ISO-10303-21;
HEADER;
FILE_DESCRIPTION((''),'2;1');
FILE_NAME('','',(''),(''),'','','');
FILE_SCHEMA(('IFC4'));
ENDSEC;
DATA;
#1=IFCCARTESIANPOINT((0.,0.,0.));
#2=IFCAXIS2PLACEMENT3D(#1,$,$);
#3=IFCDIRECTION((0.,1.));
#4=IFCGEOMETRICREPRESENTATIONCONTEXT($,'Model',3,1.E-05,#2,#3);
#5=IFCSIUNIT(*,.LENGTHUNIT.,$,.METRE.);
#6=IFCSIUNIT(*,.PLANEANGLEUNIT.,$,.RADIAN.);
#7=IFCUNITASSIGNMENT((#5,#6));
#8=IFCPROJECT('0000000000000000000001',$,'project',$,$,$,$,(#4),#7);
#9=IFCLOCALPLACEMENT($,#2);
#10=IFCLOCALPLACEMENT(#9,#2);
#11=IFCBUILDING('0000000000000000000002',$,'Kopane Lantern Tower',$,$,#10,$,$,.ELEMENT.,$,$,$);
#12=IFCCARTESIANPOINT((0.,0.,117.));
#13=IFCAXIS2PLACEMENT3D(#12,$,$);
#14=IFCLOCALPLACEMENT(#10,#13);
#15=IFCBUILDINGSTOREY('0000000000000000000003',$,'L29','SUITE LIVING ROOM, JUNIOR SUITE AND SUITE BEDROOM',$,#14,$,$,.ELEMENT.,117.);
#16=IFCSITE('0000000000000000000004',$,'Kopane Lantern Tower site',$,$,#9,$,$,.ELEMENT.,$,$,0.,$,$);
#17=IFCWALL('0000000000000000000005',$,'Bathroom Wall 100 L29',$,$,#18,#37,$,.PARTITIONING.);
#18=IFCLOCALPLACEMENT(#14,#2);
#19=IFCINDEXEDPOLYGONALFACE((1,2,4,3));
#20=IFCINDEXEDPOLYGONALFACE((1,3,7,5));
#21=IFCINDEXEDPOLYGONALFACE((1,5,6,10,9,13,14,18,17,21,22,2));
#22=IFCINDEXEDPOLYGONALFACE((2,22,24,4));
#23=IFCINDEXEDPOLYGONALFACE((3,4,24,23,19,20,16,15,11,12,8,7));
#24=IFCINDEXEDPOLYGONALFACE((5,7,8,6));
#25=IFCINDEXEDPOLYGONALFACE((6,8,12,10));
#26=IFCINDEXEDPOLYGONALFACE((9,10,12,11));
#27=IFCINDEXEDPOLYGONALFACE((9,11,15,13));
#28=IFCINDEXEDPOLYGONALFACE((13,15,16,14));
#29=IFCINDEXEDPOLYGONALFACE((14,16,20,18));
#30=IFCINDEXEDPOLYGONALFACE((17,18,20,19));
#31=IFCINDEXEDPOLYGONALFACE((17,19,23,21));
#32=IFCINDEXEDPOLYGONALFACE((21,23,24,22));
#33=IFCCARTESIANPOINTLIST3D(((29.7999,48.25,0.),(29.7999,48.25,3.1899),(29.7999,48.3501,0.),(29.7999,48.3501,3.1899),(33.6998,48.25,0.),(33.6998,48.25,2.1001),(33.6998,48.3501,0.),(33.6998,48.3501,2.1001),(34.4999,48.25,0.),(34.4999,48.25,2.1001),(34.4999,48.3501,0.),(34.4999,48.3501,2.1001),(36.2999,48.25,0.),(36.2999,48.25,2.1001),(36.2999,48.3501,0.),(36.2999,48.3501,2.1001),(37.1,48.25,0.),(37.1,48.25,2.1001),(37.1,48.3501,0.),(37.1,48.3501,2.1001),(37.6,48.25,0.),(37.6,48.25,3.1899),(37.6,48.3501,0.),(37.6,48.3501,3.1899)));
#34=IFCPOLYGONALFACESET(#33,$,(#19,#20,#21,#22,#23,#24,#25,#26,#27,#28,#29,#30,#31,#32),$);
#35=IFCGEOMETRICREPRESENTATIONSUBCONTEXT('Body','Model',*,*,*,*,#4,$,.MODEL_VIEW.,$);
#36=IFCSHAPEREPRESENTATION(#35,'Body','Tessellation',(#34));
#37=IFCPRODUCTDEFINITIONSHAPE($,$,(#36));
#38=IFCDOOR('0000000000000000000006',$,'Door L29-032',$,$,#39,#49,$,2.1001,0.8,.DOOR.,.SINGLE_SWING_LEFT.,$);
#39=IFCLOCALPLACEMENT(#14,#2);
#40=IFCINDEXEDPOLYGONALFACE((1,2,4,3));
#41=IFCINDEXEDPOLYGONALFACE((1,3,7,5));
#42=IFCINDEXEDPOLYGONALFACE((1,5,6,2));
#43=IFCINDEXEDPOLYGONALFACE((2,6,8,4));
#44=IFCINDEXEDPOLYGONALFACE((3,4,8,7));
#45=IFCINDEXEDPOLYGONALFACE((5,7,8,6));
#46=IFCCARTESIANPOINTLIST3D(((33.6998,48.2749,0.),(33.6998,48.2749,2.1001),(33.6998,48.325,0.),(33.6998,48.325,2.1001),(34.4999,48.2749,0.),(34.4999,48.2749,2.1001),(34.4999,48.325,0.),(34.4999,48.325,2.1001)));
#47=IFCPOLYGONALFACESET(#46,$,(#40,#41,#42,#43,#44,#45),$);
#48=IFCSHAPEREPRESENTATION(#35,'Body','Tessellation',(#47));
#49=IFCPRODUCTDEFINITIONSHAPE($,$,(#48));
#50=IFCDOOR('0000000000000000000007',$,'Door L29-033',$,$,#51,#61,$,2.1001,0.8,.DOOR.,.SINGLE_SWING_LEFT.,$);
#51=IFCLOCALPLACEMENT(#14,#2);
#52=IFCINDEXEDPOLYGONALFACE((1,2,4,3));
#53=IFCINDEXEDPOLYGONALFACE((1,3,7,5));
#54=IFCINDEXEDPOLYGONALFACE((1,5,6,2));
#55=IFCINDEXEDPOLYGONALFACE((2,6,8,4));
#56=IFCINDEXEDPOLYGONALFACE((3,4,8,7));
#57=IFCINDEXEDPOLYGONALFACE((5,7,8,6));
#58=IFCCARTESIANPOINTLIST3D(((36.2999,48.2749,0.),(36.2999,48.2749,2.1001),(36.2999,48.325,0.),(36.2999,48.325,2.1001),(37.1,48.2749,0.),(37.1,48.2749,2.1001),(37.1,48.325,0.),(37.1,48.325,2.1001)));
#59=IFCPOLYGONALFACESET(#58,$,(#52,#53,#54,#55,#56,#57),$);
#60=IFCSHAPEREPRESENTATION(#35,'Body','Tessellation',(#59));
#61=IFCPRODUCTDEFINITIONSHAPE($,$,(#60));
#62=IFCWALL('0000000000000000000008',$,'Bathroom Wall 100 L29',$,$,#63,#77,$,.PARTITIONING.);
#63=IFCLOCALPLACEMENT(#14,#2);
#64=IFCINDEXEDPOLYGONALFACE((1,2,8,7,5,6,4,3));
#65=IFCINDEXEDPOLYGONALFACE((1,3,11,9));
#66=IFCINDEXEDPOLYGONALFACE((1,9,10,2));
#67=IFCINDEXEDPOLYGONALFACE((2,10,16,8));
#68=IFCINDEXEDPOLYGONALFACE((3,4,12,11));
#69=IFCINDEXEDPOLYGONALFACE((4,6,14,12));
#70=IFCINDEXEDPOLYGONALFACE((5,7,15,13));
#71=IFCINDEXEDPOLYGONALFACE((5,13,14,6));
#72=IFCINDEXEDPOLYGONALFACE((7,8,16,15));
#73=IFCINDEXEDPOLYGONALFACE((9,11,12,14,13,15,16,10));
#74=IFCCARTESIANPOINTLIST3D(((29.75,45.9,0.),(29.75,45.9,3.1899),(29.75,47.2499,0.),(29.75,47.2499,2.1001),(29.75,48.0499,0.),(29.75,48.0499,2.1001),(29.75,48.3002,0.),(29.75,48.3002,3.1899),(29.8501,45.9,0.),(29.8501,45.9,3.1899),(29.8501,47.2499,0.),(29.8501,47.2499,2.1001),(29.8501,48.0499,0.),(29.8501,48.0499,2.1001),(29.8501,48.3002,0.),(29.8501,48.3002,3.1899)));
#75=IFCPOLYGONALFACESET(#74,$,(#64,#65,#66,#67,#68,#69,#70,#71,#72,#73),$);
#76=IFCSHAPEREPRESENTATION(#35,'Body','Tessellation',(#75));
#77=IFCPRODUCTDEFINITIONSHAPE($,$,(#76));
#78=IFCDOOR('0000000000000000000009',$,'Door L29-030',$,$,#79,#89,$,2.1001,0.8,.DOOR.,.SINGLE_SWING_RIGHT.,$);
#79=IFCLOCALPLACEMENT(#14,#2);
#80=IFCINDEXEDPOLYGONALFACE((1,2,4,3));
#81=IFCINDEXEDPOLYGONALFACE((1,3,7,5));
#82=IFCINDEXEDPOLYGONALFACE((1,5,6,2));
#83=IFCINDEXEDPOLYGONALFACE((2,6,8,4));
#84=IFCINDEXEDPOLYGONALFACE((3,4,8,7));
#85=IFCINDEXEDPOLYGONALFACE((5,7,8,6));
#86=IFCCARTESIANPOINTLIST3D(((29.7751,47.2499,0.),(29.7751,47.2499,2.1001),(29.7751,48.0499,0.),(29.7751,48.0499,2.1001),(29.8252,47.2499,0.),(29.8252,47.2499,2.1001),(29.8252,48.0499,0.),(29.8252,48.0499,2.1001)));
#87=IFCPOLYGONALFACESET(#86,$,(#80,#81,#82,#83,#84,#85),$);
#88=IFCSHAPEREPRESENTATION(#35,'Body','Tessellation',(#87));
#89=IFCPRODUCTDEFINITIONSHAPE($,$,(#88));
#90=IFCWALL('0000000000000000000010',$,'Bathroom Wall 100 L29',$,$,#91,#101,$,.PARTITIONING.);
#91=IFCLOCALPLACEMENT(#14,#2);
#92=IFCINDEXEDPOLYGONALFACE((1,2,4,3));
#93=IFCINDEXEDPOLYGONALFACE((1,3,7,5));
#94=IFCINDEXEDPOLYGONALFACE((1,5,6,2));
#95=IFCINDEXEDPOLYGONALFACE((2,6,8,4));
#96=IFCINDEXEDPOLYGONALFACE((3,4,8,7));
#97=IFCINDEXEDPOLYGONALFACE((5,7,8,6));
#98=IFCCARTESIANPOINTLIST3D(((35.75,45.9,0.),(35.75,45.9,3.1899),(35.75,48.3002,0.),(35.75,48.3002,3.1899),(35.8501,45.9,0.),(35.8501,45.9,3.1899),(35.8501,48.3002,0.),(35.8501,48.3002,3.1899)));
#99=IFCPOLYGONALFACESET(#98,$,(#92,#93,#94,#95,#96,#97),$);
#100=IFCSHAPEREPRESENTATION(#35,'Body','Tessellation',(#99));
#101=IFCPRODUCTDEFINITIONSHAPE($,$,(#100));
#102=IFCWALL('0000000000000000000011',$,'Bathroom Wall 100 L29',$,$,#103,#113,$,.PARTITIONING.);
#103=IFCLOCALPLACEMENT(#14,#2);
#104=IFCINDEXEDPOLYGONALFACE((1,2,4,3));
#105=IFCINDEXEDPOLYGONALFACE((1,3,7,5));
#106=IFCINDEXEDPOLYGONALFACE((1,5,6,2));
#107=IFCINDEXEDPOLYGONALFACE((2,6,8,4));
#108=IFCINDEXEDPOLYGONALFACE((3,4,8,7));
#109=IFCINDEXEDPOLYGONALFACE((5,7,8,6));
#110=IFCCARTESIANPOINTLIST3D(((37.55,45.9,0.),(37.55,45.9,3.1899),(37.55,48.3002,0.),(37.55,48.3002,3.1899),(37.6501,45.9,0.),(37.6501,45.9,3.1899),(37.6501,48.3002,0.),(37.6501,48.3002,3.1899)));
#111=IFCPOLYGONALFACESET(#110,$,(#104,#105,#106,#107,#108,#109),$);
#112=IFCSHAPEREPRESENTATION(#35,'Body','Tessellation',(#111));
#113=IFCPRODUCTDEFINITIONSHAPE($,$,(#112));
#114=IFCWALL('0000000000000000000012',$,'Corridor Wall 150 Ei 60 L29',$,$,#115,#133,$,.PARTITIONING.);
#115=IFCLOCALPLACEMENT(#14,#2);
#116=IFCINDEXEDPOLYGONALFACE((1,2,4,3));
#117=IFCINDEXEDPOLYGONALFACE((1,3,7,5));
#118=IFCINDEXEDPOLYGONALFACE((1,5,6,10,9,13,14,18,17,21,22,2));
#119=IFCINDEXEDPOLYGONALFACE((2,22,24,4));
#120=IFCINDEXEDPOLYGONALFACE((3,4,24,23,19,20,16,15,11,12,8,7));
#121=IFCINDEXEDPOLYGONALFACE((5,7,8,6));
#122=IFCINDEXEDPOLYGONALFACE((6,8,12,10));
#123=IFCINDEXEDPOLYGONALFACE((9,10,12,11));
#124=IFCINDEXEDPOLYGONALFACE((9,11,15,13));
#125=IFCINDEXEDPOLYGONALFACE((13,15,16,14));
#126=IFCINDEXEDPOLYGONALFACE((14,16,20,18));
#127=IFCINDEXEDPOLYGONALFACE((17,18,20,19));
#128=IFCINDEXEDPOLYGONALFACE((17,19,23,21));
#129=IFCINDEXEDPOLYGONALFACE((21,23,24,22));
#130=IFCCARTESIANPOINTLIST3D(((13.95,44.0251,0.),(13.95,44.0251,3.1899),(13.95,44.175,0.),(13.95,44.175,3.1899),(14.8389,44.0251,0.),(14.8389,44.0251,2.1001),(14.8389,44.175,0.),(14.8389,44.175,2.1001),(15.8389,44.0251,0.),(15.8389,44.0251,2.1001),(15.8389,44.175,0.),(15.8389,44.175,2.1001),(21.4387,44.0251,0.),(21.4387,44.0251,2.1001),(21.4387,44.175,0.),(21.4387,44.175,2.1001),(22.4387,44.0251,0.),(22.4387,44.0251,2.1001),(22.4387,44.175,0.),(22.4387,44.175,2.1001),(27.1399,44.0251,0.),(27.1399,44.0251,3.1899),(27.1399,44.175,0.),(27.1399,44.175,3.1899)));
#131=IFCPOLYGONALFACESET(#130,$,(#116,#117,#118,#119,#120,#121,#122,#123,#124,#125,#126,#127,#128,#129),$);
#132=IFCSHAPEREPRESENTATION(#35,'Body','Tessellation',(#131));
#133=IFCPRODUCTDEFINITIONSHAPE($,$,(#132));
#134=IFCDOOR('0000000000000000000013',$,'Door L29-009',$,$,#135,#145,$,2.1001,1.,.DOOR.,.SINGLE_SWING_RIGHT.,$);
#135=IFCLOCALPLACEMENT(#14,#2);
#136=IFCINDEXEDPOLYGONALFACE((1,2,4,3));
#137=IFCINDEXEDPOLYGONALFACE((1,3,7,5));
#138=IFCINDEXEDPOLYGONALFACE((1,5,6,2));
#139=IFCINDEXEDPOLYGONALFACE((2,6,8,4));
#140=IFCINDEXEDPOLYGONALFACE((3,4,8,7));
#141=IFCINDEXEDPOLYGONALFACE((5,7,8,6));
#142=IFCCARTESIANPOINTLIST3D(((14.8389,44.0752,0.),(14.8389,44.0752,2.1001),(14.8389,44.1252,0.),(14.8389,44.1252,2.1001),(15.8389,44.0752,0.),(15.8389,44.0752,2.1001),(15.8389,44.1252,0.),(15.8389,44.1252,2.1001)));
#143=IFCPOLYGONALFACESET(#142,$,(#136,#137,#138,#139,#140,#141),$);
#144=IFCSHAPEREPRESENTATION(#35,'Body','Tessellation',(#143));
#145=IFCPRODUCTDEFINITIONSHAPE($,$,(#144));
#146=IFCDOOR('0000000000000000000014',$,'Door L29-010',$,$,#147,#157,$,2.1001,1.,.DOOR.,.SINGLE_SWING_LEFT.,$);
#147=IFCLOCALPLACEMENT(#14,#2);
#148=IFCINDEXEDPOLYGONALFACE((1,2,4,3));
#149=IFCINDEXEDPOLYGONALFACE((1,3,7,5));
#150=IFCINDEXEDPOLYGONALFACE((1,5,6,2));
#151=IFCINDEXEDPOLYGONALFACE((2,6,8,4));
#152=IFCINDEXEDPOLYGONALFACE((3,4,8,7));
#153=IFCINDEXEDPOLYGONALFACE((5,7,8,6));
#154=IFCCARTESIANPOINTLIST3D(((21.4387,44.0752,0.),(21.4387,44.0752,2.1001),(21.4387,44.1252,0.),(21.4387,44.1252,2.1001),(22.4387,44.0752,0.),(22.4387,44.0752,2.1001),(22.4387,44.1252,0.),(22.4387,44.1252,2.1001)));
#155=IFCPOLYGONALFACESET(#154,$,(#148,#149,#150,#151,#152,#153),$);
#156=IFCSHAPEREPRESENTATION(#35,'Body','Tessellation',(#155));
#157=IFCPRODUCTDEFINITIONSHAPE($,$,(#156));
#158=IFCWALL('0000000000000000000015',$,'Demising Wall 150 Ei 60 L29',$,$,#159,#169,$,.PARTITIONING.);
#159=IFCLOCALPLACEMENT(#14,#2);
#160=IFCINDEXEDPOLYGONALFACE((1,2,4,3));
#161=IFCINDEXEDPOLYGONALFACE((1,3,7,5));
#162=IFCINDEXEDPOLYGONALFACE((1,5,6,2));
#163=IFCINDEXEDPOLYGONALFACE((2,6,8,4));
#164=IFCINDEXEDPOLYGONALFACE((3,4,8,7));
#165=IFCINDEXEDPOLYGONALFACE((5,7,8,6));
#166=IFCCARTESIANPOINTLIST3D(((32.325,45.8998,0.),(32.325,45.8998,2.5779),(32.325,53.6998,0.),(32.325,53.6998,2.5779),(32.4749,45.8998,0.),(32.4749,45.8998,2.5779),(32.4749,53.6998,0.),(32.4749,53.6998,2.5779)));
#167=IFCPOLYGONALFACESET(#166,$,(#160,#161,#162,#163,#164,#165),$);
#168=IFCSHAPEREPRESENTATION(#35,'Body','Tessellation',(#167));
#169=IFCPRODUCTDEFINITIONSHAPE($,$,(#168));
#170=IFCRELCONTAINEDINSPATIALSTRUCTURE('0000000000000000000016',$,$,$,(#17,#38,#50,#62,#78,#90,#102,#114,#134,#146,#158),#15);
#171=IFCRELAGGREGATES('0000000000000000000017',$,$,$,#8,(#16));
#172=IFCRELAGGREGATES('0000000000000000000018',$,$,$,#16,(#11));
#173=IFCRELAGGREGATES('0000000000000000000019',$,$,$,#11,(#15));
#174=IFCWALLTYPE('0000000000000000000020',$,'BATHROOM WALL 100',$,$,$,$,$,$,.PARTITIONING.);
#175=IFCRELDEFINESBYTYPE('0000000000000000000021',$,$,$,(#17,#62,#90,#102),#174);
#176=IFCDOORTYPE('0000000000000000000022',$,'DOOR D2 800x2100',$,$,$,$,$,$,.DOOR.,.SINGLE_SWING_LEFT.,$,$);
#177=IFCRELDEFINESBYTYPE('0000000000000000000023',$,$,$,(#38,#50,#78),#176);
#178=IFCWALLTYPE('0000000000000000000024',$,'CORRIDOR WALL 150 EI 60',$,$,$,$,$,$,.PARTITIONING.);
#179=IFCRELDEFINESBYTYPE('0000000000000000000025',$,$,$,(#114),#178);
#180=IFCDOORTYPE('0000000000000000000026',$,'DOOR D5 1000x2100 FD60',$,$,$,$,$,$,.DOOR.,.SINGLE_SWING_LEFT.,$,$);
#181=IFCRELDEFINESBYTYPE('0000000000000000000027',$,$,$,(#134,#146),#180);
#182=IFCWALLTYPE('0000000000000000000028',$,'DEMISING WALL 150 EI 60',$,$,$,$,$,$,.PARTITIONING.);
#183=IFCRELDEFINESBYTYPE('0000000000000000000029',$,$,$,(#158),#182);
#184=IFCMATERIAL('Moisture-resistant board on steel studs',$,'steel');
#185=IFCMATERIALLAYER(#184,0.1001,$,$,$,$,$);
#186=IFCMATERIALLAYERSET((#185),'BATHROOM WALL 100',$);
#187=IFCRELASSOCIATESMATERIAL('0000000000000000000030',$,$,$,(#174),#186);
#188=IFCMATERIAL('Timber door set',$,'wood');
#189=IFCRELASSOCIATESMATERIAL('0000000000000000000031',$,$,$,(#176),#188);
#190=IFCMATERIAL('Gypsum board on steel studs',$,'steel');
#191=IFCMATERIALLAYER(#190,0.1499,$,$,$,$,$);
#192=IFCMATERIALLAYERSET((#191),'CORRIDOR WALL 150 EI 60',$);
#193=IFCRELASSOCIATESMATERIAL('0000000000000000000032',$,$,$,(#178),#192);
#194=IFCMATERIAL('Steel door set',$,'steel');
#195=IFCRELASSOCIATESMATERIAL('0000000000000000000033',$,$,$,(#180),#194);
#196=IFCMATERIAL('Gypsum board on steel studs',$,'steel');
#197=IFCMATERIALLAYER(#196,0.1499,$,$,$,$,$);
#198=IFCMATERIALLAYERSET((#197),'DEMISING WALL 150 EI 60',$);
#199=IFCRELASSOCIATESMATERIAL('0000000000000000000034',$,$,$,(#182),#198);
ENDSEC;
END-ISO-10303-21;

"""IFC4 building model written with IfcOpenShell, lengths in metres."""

from ifc_helpers import new_model, si_unit, direction, frame, frame_2d, origin, place, context, subcontext, project, spatial, rectangle, extrude, material, layer, layer_set, type_object, element, fill, save


model = new_model("IFC4")

# Units and contexts
model_context = context("Model", 3, precision=1e-05, world=origin(), true_north=direction((0.0, 1.0)))
body_context = subcontext(model_context, "Body", "Model", "MODEL_VIEW")
ifc_project = project(units=[si_unit("LENGTHUNIT", "METRE"), si_unit("PLANEANGLEUNIT", "RADIAN")], contexts=[model_context])

# Site, building, storey
site_placement = place(None, origin())
site = spatial("IfcSite", under=ifc_project, at=site_placement, Name="Kopane Lantern Tower site", CompositionType="ELEMENT", RefElevation=0.0)
building_placement = place(site_placement, origin())
building = spatial("IfcBuilding", under=site, at=building_placement, Name="Kopane Lantern Tower", CompositionType="ELEMENT")
storey_placement = place(building_placement, frame((0.0, 0.0, 117.0)))
storey = spatial("IfcBuildingStorey", under=building, at=storey_placement, Name="L29", Description="SUITE LIVING ROOM, JUNIOR SUITE AND SUITE BEDROOM", CompositionType="ELEMENT", Elevation=117.0)

# Shared definitions
ifc_material_1 = material(Name="Moisture-resistant board on steel studs", Category="steel")
ifc_layer_1 = layer(ifc_material_1, 0.1001)
ifc_layer_set_1 = layer_set([ifc_layer_1], Name="BATHROOM WALL 100")
wall_type_1 = type_object("IfcWallType", Name="BATHROOM WALL 100", PredefinedType="PARTITIONING", material=ifc_layer_set_1)
ifc_material_2 = material(Name="Timber door set", Category="wood")
door_type_1 = type_object("IfcDoorType", Name="DOOR D2 800x2100", OperationType="SINGLE_SWING_LEFT", PredefinedType="DOOR", material=ifc_material_2)

# Wall, openings, doors
wall_1_placement = place(storey_placement, frame((29.8, 48.3, 0.0), z_axis=(0.0, 0.0, 1.0), x_axis=(1.0, 0.0, 0.0)))
wall_1 = element("IfcWall", 1, at=wall_1_placement, inside=storey, type_object=wall_type_1, Name="Bathroom Wall 100 L29", PredefinedType="PARTITIONING", context=body_context, shape_type="SweptSolid", body=[
    extrude(rectangle(XDim=7.8, YDim=0.1001, at=frame_2d((3.8999, 0.0))), origin(), (0.0, 0.0, 1.0), 3.1899),
])
opening_1_placement = place(wall_1_placement, frame((3.8999, 0.0, 0.0)))
opening_1 = element("IfcOpeningElement", 2, at=opening_1_placement, cuts=wall_1, PredefinedType="OPENING", context=body_context, shape_type="SweptSolid", body=[
    extrude(rectangle(XDim=0.8, YDim=2.1001, at=frame_2d((0.3999, 1.05))), frame((0.0, 0.0601, 0.0), z_axis=(0.0, -1.0, 0.0), x_axis=(1.0, 0.0, 0.0)), (0.0, 0.0, 1.0), 0.1201),
])
opening_2_placement = place(wall_1_placement, frame((6.5, 0.0, 0.0)))
opening_2 = element("IfcOpeningElement", 3, at=opening_2_placement, cuts=wall_1, PredefinedType="OPENING", context=body_context, shape_type="SweptSolid", body=[
    extrude(rectangle(XDim=0.8, YDim=2.1001, at=frame_2d((0.3999, 1.05))), frame((0.0, 0.0601, 0.0), z_axis=(0.0, -1.0, 0.0), x_axis=(1.0, 0.0, 0.0)), (0.0, 0.0, 1.0), 0.1201),
])
door_1_placement = place(opening_1_placement, origin())
door_1 = element("IfcDoor", 4, at=door_1_placement, inside=storey, type_object=door_type_1, Name="Door L29-032", OperationType="SINGLE_SWING_LEFT", OverallHeight=2.1001, OverallWidth=0.8, PredefinedType="DOOR", context=body_context, shape_type="SweptSolid", body=[
    extrude(rectangle(XDim=0.8, YDim=2.1001, at=frame_2d((0.3999, 1.05))), frame((0.0, 0.0249, 0.0), z_axis=(0.0, -1.0, 0.0), x_axis=(1.0, 0.0, 0.0)), (0.0, 0.0, 1.0), 0.05),
])
fill(opening_1, door_1)
door_2_placement = place(opening_2_placement, origin())
door_2 = element("IfcDoor", 5, at=door_2_placement, inside=storey, type_object=door_type_1, Name="Door L29-033", OperationType="SINGLE_SWING_LEFT", OverallHeight=2.1001, OverallWidth=0.8, PredefinedType="DOOR", context=body_context, shape_type="SweptSolid", body=[
    extrude(rectangle(XDim=0.8, YDim=2.1001, at=frame_2d((0.3999, 1.05))), frame((0.0, 0.0249, 0.0), z_axis=(0.0, -1.0, 0.0), x_axis=(1.0, 0.0, 0.0)), (0.0, 0.0, 1.0), 0.05),
])
fill(opening_2, door_2)

# Wall, opening, door
wall_2_placement = place(storey_placement, frame((29.8, 45.8999, 0.0), z_axis=(0.0, 0.0, 1.0), x_axis=(0.0, 1.0, 0.0)))
wall_2 = element("IfcWall", 6, at=wall_2_placement, inside=storey, type_object=wall_type_1, Name="Bathroom Wall 100 L29", PredefinedType="PARTITIONING", context=body_context, shape_type="SweptSolid", body=[
    extrude(rectangle(XDim=2.4001, YDim=0.1001, at=frame_2d((1.2002, 0.0))), origin(), (0.0, 0.0, 1.0), 3.1899),
])
opening_3_placement = place(wall_2_placement, frame((1.3501, 0.0, 0.0)))
opening_3 = element("IfcOpeningElement", 7, at=opening_3_placement, cuts=wall_2, PredefinedType="OPENING", context=body_context, shape_type="SweptSolid", body=[
    extrude(rectangle(XDim=0.8, YDim=2.1001, at=frame_2d((0.3999, 1.05))), frame((0.0, 0.0601, 0.0), z_axis=(0.0, -1.0, 0.0), x_axis=(1.0, 0.0, 0.0)), (0.0, 0.0, 1.0), 0.1201),
])
door_3_placement = place(opening_3_placement, origin())
door_3 = element("IfcDoor", 8, at=door_3_placement, inside=storey, type_object=door_type_1, Name="Door L29-030", OperationType="SINGLE_SWING_RIGHT", OverallHeight=2.1001, OverallWidth=0.8, PredefinedType="DOOR", context=body_context, shape_type="SweptSolid", body=[
    extrude(rectangle(XDim=0.8, YDim=2.1001, at=frame_2d((0.3999, 1.05))), frame((0.0, 0.0249, 0.0), z_axis=(0.0, -1.0, 0.0), x_axis=(1.0, 0.0, 0.0)), (0.0, 0.0, 1.0), 0.05),
])
fill(opening_3, door_3)

# Walls
for number, where, z_axis, x_axis, name in (
    (9, (35.8, 45.8999, 0.0), (0.0, 0.0, 1.0), (0.0, 1.0, 0.0), "Bathroom Wall 100 L29"),
    (10, (37.6001, 45.8999, 0.0), (0.0, 0.0, 1.0), (0.0, 1.0, 0.0), "Bathroom Wall 100 L29"),
):
    element("IfcWall", number, at=place(storey_placement, frame(where, z_axis=z_axis, x_axis=x_axis)), inside=storey, type_object=wall_type_1, Name=name, PredefinedType="PARTITIONING", context=body_context, shape_type="SweptSolid", body=[
        extrude(rectangle(XDim=2.4001, YDim=0.1001, at=frame_2d((1.2002, 0.0))), origin(), (0.0, 0.0, 1.0), 3.1899),
    ])

# Wall, openings, doors
ifc_material_3 = material(Name="Gypsum board on steel studs", Category="steel")
ifc_layer_2 = layer(ifc_material_3, 0.1499)
ifc_layer_set_2 = layer_set([ifc_layer_2], Name="CORRIDOR WALL 150 EI 60")
wall_type_2 = type_object("IfcWallType", Name="CORRIDOR WALL 150 EI 60", PredefinedType="PARTITIONING", material=ifc_layer_set_2)
wall_3_placement = place(storey_placement, frame((27.1399, 44.1001, 0.0), z_axis=(0.0, 0.0, 1.0), x_axis=(-1.0, 0.0, 0.0)))
wall_3 = element("IfcWall", 11, at=wall_3_placement, inside=storey, type_object=wall_type_2, Name="Corridor Wall 150 Ei 60 L29", PredefinedType="PARTITIONING", context=body_context, shape_type="SweptSolid", body=[
    extrude(rectangle(XDim=13.1899, YDim=0.1499, at=frame_2d((6.595, 0.0))), origin(), (0.0, 0.0, 1.0), 3.1899),
])
opening_4_placement = place(wall_3_placement, frame((11.301, 0.0, 0.0)))
opening_4 = element("IfcOpeningElement", 12, at=opening_4_placement, cuts=wall_3, PredefinedType="OPENING", context=body_context, shape_type="SweptSolid", body=[
    extrude(rectangle(XDim=1.0, YDim=2.1001, at=frame_2d((0.5, 1.05))), frame((0.0, 0.085, 0.0), z_axis=(0.0, -1.0, 0.0), x_axis=(1.0, 0.0, 0.0)), (0.0, 0.0, 1.0), 0.1699),
])
opening_5_placement = place(wall_3_placement, frame((4.7012, 0.0, 0.0)))
opening_5 = element("IfcOpeningElement", 13, at=opening_5_placement, cuts=wall_3, PredefinedType="OPENING", context=body_context, shape_type="SweptSolid", body=[
    extrude(rectangle(XDim=1.0, YDim=2.1001, at=frame_2d((0.5, 1.05))), frame((0.0, 0.085, 0.0), z_axis=(0.0, -1.0, 0.0), x_axis=(1.0, 0.0, 0.0)), (0.0, 0.0, 1.0), 0.1699),
])
ifc_material_4 = material(Name="Steel door set", Category="steel")
door_type_2 = type_object("IfcDoorType", Name="DOOR D5 1000x2100 FD60", OperationType="SINGLE_SWING_LEFT", PredefinedType="DOOR", material=ifc_material_4)
door_4_placement = place(opening_4_placement, origin())
door_4 = element("IfcDoor", 14, at=door_4_placement, inside=storey, type_object=door_type_2, Name="Door L29-009", OperationType="SINGLE_SWING_RIGHT", OverallHeight=2.1001, OverallWidth=1.0, PredefinedType="DOOR", context=body_context, shape_type="SweptSolid", body=[
    extrude(rectangle(XDim=1.0, YDim=2.1001, at=frame_2d((0.5, 1.05))), frame((0.0, 0.0249, 0.0), z_axis=(0.0, -1.0, 0.0), x_axis=(1.0, 0.0, 0.0)), (0.0, 0.0, 1.0), 0.05),
])
fill(opening_4, door_4)
door_5_placement = place(opening_5_placement, origin())
door_5 = element("IfcDoor", 15, at=door_5_placement, inside=storey, type_object=door_type_2, Name="Door L29-010", OperationType="SINGLE_SWING_LEFT", OverallHeight=2.1001, OverallWidth=1.0, PredefinedType="DOOR", context=body_context, shape_type="SweptSolid", body=[
    extrude(rectangle(XDim=1.0, YDim=2.1001, at=frame_2d((0.5, 1.05))), frame((0.0, 0.0249, 0.0), z_axis=(0.0, -1.0, 0.0), x_axis=(1.0, 0.0, 0.0)), (0.0, 0.0, 1.0), 0.05),
])
fill(opening_5, door_5)

# Wall
ifc_material_5 = material(Name="Gypsum board on steel studs", Category="steel")
ifc_layer_3 = layer(ifc_material_5, 0.1499)
ifc_layer_set_3 = layer_set([ifc_layer_3], Name="DEMISING WALL 150 EI 60")
wall_type_3 = type_object("IfcWallType", Name="DEMISING WALL 150 EI 60", PredefinedType="PARTITIONING", material=ifc_layer_set_3)
wall_4_placement = place(storey_placement, frame((32.3999, 45.8999, 0.0), z_axis=(0.0, 0.0, 1.0), x_axis=(0.0, 1.0, 0.0)))
element("IfcWall", 16, at=wall_4_placement, inside=storey, type_object=wall_type_3, Name="Demising Wall 150 Ei 60 L29", PredefinedType="PARTITIONING", context=body_context, shape_type="SweptSolid", body=[
    extrude(rectangle(XDim=7.8, YDim=0.1499, at=frame_2d((3.8999, 0.0))), origin(), (0.0, 0.0, 1.0), 2.5779),
])

save(model, "model.ifc")
